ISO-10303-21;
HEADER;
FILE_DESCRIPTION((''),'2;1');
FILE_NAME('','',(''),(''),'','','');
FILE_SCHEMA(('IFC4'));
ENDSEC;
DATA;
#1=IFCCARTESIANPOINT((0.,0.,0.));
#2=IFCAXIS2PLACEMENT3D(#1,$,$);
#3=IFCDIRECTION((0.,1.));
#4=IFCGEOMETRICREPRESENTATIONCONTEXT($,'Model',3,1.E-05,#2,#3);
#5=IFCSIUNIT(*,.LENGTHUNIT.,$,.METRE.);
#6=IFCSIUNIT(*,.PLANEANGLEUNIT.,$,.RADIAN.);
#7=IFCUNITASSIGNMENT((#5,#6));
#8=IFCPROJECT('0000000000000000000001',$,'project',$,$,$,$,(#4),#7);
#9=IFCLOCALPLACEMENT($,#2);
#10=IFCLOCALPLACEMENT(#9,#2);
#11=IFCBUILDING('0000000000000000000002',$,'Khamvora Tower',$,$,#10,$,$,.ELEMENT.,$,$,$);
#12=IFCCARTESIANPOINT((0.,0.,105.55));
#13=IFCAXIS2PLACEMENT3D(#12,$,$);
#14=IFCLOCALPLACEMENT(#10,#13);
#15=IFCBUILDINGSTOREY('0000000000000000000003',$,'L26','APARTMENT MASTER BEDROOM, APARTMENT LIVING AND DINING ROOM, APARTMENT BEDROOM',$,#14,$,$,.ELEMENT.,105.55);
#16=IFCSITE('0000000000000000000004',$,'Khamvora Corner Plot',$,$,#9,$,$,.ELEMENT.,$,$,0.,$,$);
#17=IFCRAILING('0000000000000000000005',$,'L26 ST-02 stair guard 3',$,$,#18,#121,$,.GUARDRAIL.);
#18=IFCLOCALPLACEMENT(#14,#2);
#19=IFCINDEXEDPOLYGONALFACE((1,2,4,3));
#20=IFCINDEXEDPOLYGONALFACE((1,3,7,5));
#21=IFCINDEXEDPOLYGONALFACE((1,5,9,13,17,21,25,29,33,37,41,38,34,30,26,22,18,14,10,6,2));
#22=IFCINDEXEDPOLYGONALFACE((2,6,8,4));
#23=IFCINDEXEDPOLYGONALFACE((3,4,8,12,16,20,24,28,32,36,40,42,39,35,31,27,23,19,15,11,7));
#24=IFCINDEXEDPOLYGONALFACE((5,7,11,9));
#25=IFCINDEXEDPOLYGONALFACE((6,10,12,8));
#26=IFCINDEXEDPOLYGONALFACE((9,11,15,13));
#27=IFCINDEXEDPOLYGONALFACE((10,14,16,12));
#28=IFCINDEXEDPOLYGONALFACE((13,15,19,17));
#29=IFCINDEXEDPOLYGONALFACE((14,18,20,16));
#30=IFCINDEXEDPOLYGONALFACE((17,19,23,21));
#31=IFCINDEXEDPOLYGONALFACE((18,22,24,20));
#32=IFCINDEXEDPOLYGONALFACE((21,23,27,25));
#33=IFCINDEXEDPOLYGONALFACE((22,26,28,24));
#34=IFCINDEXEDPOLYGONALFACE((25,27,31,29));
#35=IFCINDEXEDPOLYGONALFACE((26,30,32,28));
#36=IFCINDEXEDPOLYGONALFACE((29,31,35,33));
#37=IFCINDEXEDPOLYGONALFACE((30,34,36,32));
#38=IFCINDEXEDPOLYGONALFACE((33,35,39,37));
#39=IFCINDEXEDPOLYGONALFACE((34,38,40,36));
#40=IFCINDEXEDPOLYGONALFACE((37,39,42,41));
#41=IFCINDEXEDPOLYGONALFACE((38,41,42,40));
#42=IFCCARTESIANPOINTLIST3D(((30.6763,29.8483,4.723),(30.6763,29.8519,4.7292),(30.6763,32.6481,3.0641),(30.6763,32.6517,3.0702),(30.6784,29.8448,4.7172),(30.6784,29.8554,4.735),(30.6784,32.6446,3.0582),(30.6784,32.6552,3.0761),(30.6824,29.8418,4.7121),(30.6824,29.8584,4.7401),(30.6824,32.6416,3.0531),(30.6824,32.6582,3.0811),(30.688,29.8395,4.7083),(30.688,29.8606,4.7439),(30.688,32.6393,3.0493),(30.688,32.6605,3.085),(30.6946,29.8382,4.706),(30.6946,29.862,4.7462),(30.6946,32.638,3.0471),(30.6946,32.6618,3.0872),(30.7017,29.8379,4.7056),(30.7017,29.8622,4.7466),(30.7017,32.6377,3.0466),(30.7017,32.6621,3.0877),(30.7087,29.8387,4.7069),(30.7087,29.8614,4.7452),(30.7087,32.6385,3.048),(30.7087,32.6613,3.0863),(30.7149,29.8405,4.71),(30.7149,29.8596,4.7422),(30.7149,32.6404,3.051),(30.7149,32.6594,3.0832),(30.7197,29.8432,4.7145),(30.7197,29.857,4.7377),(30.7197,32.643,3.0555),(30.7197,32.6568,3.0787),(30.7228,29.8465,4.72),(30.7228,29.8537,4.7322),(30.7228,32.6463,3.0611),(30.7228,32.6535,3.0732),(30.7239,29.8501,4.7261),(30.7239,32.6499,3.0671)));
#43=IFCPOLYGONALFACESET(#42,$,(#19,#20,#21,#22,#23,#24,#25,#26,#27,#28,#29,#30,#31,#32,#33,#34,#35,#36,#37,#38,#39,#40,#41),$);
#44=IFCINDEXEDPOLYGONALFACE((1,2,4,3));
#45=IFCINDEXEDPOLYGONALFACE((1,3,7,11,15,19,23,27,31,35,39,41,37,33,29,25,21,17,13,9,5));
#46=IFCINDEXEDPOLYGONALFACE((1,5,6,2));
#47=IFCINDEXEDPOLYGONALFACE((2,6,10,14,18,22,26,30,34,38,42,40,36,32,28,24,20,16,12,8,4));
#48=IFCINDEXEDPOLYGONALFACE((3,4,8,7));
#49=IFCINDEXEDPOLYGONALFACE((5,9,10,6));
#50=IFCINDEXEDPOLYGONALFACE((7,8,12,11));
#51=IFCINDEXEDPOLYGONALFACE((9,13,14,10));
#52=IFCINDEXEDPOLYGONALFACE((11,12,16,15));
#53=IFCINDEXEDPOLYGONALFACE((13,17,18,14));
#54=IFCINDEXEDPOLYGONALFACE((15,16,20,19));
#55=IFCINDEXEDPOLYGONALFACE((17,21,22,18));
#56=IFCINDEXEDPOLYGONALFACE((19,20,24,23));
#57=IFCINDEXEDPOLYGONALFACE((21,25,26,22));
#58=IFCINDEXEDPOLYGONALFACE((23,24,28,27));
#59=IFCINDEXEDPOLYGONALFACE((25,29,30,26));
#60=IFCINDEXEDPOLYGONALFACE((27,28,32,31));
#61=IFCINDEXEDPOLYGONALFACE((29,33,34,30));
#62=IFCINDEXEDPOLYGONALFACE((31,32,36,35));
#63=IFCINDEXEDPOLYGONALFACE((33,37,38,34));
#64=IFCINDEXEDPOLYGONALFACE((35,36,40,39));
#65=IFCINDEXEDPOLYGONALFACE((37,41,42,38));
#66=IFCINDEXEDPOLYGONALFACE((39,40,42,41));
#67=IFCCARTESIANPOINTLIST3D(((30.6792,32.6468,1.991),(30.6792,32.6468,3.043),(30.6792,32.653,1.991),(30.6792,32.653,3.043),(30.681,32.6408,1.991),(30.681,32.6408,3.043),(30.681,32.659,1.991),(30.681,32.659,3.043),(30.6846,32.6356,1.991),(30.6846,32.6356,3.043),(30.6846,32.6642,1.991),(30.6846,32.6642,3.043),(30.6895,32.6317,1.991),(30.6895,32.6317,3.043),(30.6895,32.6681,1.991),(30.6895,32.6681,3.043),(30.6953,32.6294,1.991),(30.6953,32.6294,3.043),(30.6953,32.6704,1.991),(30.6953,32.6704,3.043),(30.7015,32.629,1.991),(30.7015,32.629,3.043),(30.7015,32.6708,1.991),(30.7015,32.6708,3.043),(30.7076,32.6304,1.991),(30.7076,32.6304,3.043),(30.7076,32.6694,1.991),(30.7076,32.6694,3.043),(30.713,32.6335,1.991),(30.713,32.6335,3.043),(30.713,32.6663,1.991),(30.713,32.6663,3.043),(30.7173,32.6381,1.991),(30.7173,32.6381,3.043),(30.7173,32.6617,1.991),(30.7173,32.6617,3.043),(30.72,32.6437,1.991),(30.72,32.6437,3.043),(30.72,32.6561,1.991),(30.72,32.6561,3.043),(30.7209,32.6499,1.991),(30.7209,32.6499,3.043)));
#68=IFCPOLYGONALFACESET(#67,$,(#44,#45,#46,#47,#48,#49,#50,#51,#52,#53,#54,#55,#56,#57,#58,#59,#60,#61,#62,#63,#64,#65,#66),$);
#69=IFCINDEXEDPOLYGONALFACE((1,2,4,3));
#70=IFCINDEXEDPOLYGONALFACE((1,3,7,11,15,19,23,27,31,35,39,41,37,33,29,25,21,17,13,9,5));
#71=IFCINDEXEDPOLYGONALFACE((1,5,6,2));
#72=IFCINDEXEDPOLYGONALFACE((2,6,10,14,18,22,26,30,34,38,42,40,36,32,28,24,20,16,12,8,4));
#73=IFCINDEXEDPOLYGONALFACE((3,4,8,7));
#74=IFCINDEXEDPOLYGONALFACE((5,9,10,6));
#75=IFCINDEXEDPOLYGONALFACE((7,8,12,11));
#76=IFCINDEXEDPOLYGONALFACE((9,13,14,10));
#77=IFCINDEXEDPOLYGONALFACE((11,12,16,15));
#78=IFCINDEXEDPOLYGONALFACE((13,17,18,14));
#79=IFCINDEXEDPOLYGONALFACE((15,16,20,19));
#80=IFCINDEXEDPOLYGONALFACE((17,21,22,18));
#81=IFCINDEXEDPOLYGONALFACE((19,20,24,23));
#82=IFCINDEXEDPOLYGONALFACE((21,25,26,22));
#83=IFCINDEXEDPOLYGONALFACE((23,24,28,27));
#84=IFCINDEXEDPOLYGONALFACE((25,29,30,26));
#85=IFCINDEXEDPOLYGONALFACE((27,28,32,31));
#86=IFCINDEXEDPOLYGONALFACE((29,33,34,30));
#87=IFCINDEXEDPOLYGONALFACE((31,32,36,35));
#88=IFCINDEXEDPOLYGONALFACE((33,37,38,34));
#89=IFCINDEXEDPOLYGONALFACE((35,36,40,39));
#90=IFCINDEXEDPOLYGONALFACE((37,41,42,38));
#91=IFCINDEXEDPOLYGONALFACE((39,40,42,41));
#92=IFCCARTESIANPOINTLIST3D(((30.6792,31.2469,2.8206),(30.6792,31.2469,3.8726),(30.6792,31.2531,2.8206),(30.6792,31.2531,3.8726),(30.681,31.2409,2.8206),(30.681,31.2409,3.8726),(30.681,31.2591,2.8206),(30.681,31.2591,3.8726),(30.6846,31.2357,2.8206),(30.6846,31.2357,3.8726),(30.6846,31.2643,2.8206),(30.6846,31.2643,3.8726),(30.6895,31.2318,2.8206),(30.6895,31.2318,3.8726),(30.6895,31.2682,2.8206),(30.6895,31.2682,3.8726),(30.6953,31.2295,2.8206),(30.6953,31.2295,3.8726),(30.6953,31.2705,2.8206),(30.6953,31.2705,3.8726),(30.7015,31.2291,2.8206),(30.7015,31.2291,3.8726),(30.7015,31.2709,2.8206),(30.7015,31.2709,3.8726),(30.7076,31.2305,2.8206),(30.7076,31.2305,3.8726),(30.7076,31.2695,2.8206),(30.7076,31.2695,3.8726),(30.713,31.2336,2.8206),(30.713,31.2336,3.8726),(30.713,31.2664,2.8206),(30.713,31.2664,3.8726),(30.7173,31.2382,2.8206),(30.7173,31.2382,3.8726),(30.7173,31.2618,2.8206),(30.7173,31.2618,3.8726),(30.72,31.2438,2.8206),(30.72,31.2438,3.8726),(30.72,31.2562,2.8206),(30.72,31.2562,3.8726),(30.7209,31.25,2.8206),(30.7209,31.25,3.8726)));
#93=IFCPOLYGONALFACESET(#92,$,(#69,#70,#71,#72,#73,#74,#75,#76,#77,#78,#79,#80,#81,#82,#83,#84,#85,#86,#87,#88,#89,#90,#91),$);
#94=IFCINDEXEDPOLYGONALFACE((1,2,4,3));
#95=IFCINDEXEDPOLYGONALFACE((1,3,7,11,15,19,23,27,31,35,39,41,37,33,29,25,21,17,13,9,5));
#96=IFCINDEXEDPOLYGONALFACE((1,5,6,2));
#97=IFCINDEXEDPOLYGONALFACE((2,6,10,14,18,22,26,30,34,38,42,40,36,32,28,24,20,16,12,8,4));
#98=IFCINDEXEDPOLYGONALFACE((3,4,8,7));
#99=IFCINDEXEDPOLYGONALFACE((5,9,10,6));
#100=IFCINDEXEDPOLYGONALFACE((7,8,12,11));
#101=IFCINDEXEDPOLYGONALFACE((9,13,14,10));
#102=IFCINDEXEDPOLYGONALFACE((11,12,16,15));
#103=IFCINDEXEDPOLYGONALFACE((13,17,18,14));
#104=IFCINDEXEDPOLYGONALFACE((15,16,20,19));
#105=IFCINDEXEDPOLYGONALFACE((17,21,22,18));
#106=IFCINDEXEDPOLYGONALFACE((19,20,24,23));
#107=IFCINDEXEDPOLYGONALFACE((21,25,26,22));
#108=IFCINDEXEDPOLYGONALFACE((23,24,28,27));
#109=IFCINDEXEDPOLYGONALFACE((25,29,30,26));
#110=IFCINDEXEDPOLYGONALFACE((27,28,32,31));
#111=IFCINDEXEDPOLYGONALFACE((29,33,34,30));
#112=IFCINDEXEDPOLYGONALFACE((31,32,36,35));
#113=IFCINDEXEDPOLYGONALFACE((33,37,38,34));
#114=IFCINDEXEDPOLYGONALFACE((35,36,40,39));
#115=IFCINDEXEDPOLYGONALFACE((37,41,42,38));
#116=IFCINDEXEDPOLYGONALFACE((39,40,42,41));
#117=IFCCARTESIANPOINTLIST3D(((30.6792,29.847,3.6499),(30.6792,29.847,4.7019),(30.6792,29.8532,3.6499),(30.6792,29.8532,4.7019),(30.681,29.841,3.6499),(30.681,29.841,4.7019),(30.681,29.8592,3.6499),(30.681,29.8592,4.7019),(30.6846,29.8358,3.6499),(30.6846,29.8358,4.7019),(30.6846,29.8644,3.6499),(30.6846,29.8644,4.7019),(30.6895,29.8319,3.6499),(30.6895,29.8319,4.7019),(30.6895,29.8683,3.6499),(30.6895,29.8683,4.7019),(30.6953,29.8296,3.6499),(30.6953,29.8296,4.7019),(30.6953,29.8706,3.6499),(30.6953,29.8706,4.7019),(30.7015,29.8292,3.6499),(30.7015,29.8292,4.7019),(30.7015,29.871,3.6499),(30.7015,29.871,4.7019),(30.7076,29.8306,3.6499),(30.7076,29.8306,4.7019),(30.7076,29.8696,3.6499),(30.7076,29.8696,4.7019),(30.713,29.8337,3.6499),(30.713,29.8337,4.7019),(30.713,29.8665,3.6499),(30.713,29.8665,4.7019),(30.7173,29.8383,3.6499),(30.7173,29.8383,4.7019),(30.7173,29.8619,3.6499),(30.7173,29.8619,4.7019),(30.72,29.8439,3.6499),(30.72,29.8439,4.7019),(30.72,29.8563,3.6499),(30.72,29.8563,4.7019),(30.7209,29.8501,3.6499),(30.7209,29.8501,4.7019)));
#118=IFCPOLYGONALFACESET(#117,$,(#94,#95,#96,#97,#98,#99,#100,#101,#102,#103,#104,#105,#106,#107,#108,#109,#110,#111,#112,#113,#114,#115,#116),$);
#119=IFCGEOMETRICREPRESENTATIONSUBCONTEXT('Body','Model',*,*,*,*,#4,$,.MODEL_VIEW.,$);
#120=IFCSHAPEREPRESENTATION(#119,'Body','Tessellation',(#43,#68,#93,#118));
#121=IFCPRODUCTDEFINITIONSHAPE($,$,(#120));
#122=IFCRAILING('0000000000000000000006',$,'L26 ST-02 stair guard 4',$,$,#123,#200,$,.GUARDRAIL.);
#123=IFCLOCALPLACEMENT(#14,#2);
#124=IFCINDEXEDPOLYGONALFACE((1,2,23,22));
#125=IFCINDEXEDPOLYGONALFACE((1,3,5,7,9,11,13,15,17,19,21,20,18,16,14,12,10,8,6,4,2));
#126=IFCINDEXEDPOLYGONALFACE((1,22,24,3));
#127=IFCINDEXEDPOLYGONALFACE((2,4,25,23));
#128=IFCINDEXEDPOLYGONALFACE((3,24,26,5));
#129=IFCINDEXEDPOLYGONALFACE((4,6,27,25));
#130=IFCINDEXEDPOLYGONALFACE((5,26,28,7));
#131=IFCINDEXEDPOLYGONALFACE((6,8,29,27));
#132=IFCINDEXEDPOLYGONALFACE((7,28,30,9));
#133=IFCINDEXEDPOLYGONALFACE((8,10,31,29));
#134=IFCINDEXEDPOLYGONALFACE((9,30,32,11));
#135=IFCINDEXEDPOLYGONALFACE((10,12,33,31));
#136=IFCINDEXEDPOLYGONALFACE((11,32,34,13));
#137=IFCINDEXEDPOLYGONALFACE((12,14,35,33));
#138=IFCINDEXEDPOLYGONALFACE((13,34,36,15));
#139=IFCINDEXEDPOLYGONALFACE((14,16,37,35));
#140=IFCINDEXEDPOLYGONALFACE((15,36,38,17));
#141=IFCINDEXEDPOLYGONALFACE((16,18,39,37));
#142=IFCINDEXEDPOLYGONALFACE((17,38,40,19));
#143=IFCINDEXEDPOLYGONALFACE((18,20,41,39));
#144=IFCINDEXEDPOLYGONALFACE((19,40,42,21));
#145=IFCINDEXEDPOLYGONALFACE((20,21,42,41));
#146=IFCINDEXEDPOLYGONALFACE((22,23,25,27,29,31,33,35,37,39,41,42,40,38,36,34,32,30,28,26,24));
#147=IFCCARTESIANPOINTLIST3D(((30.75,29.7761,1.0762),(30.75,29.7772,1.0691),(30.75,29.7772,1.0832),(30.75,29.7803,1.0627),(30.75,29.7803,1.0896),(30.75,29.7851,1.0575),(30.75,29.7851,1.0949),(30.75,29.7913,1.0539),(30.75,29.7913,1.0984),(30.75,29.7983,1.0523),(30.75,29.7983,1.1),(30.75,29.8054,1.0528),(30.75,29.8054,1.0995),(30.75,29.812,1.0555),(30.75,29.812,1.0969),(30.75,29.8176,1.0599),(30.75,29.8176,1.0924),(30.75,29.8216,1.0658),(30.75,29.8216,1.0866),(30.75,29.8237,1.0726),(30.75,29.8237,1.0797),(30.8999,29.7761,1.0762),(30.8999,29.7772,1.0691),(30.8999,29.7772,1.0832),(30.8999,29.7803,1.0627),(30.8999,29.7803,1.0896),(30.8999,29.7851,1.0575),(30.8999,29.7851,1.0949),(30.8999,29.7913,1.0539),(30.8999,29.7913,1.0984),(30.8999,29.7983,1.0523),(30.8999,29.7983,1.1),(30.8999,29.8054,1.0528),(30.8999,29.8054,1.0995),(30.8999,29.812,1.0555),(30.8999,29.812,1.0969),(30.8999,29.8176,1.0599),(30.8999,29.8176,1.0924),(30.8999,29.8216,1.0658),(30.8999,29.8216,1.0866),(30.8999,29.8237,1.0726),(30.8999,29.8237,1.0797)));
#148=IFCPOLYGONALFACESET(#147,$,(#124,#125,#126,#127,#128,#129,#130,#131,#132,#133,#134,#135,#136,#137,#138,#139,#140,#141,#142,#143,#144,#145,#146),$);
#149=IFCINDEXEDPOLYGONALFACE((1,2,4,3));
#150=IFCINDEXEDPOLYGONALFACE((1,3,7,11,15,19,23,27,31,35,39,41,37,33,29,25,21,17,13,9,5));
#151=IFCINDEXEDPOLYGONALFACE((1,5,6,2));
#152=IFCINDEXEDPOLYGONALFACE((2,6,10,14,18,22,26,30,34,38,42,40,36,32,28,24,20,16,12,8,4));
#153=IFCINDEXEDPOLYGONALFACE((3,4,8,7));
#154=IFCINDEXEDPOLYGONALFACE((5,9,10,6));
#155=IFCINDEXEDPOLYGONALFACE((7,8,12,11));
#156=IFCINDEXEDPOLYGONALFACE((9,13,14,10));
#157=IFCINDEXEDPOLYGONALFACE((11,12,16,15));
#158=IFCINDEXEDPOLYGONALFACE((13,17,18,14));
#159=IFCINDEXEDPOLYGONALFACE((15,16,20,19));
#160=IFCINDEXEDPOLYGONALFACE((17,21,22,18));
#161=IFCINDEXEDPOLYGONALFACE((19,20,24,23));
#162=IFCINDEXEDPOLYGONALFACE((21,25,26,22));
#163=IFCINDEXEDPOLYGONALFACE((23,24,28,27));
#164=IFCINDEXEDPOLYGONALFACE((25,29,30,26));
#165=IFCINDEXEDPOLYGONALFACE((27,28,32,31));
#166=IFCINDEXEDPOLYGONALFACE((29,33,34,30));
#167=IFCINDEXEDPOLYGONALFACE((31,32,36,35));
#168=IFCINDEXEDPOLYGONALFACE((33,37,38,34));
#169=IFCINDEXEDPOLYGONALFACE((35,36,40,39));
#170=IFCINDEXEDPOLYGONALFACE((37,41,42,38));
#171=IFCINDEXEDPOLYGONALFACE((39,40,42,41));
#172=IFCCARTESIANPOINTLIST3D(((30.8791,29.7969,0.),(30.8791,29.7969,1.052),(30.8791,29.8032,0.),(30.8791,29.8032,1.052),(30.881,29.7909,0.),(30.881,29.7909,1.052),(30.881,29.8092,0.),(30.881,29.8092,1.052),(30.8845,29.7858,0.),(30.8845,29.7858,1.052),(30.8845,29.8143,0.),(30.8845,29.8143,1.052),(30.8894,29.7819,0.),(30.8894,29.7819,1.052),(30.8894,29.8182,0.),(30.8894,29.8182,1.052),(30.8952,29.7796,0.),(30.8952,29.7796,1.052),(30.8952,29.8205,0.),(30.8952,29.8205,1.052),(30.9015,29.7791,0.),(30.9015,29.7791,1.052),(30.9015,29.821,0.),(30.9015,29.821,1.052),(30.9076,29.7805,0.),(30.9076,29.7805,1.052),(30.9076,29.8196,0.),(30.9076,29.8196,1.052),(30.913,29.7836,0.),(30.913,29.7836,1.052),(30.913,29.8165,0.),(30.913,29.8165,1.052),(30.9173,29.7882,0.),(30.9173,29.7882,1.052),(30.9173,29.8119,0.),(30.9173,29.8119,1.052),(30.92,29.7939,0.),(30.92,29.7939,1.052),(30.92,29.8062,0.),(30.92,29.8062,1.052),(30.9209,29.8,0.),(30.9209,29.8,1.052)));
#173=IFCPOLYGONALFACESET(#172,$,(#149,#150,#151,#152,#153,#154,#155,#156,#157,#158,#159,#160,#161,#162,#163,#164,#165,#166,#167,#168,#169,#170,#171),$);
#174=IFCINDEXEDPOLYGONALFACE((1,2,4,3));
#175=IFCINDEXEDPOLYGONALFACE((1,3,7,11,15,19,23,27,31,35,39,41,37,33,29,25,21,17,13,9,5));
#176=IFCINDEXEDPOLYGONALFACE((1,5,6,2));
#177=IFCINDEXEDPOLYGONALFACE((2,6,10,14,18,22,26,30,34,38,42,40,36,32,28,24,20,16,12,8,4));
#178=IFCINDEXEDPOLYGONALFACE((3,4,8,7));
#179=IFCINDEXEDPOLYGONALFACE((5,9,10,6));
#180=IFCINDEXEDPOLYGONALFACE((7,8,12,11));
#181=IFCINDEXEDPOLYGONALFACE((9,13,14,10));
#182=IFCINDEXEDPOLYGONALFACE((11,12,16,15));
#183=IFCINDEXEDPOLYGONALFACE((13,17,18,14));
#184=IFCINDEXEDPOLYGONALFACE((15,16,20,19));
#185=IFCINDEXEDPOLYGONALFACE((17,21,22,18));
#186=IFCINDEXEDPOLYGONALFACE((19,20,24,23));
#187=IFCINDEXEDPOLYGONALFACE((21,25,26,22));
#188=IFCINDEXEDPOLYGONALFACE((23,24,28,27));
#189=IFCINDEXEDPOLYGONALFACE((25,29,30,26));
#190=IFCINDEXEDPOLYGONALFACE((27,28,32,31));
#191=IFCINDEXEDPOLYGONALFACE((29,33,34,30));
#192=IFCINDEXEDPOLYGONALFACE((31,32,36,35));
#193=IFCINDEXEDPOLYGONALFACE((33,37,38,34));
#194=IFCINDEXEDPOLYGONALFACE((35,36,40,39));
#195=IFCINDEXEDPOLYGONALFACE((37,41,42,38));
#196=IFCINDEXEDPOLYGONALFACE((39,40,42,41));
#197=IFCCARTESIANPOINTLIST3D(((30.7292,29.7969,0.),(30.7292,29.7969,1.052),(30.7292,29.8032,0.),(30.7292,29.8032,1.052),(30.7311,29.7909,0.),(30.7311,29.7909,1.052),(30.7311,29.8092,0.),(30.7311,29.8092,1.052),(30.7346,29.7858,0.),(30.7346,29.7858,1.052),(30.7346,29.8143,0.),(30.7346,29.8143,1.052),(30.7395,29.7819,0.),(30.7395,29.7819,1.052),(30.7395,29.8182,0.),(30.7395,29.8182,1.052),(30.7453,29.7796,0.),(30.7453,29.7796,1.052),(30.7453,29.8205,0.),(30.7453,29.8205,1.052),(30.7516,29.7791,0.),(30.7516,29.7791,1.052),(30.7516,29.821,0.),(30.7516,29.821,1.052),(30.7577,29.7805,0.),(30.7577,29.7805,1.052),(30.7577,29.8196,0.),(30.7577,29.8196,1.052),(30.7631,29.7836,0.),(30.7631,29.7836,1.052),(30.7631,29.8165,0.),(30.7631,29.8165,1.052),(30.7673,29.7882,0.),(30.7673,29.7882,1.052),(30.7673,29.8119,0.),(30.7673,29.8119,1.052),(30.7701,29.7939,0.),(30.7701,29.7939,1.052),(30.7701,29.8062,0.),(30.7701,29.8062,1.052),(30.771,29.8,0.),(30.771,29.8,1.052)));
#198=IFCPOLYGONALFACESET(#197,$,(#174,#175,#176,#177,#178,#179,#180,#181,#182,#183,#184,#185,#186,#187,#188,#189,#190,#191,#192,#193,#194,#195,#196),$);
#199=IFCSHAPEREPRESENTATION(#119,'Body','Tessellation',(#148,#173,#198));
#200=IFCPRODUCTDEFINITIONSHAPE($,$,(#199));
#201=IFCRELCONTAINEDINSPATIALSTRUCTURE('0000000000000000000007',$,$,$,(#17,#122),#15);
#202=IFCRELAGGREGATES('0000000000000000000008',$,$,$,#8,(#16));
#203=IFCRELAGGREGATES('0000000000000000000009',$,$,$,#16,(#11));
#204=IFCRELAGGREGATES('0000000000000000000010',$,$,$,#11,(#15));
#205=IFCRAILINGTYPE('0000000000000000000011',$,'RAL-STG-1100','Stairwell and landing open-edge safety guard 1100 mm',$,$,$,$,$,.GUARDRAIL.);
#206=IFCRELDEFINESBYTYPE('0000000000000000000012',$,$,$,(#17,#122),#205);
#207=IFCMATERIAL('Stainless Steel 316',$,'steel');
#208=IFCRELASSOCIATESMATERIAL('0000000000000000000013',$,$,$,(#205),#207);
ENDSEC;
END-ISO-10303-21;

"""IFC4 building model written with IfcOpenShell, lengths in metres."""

from ifc_helpers import new_model, si_unit, direction, frame, origin, origin_2d, place, context, subcontext, project, spatial, circle, extrude, material, type_object, element, save


model = new_model("IFC4")

# Units and contexts
model_context = context("Model", 3, precision=1e-05, world=origin(), true_north=direction((0.0, 1.0)))
body_context = subcontext(model_context, "Body", "Model", "MODEL_VIEW")
ifc_project = project(units=[si_unit("LENGTHUNIT", "METRE"), si_unit("PLANEANGLEUNIT", "RADIAN")], contexts=[model_context])

# Site, building, storey
site_placement = place(None, origin())
site = spatial("IfcSite", under=ifc_project, at=site_placement, Name="Khamvora Corner Plot", CompositionType="ELEMENT", RefElevation=0.0)
building_placement = place(site_placement, origin())
building = spatial("IfcBuilding", under=site, at=building_placement, Name="Khamvora Tower", CompositionType="ELEMENT")
storey_placement = place(building_placement, frame((0.0, 0.0, 105.55)))
storey = spatial("IfcBuildingStorey", under=building, at=storey_placement, Name="L26", Description="APARTMENT MASTER BEDROOM, APARTMENT LIVING AND DINING ROOM, APARTMENT BEDROOM", CompositionType="ELEMENT", Elevation=105.55)

# Railings
ifc_material_1 = material(Name="Stainless Steel 316", Category="steel")
railing_type_1 = type_object("IfcRailingType", Name="RAL-STG-1100", Description="Stairwell and landing open-edge safety guard 1100 mm", PredefinedType="GUARDRAIL", material=ifc_material_1)
railing_1_placement = place(storey_placement, frame((30.7, 32.6499, 1.991)))
element("IfcRailing", 1, at=railing_1_placement, inside=storey, type_object=railing_type_1, Name="L26 ST-02 stair guard 3", PredefinedType="GUARDRAIL", context=body_context, shape_type="SweptSolid", body=[
    extrude(circle(Radius=0.0239, at=origin_2d()), frame((0.0, 0.0, 1.0762), z_axis=(0.0, -0.86032, 0.509755), x_axis=(1.0, 0.0, 0.0)), (0.0, 0.0, 1.0), 3.2544),
    extrude(circle(Radius=0.021, at=origin_2d()), origin(), (0.0, 0.0, 1.0), 1.052),
    extrude(circle(Radius=0.021, at=origin_2d()), frame((0.0, -1.3999, 0.8296)), (0.0, 0.0, 1.0), 1.052),
    extrude(circle(Radius=0.021, at=origin_2d()), frame((0.0, -2.7998, 1.6589)), (0.0, 0.0, 1.0), 1.052),
])
railing_2_placement = place(storey_placement, frame((30.8999, 29.8, 0.0)))
element("IfcRailing", 2, at=railing_2_placement, inside=storey, type_object=railing_type_1, Name="L26 ST-02 stair guard 4", PredefinedType="GUARDRAIL", context=body_context, shape_type="SweptSolid", body=[
    extrude(circle(Radius=0.0239, at=origin_2d()), frame((0.0, 0.0, 1.0762), z_axis=(-1.0, 0.0, 0.0), x_axis=(0.0, -1.0, 0.0)), (0.0, 0.0, 1.0), 0.1499),
    extrude(circle(Radius=0.021, at=origin_2d()), origin(), (0.0, 0.0, 1.0), 1.052),
    extrude(circle(Radius=0.021, at=origin_2d()), frame((-0.1499, 0.0, 0.0)), (0.0, 0.0, 1.0), 1.052),
])

save(model, "model.ifc")
